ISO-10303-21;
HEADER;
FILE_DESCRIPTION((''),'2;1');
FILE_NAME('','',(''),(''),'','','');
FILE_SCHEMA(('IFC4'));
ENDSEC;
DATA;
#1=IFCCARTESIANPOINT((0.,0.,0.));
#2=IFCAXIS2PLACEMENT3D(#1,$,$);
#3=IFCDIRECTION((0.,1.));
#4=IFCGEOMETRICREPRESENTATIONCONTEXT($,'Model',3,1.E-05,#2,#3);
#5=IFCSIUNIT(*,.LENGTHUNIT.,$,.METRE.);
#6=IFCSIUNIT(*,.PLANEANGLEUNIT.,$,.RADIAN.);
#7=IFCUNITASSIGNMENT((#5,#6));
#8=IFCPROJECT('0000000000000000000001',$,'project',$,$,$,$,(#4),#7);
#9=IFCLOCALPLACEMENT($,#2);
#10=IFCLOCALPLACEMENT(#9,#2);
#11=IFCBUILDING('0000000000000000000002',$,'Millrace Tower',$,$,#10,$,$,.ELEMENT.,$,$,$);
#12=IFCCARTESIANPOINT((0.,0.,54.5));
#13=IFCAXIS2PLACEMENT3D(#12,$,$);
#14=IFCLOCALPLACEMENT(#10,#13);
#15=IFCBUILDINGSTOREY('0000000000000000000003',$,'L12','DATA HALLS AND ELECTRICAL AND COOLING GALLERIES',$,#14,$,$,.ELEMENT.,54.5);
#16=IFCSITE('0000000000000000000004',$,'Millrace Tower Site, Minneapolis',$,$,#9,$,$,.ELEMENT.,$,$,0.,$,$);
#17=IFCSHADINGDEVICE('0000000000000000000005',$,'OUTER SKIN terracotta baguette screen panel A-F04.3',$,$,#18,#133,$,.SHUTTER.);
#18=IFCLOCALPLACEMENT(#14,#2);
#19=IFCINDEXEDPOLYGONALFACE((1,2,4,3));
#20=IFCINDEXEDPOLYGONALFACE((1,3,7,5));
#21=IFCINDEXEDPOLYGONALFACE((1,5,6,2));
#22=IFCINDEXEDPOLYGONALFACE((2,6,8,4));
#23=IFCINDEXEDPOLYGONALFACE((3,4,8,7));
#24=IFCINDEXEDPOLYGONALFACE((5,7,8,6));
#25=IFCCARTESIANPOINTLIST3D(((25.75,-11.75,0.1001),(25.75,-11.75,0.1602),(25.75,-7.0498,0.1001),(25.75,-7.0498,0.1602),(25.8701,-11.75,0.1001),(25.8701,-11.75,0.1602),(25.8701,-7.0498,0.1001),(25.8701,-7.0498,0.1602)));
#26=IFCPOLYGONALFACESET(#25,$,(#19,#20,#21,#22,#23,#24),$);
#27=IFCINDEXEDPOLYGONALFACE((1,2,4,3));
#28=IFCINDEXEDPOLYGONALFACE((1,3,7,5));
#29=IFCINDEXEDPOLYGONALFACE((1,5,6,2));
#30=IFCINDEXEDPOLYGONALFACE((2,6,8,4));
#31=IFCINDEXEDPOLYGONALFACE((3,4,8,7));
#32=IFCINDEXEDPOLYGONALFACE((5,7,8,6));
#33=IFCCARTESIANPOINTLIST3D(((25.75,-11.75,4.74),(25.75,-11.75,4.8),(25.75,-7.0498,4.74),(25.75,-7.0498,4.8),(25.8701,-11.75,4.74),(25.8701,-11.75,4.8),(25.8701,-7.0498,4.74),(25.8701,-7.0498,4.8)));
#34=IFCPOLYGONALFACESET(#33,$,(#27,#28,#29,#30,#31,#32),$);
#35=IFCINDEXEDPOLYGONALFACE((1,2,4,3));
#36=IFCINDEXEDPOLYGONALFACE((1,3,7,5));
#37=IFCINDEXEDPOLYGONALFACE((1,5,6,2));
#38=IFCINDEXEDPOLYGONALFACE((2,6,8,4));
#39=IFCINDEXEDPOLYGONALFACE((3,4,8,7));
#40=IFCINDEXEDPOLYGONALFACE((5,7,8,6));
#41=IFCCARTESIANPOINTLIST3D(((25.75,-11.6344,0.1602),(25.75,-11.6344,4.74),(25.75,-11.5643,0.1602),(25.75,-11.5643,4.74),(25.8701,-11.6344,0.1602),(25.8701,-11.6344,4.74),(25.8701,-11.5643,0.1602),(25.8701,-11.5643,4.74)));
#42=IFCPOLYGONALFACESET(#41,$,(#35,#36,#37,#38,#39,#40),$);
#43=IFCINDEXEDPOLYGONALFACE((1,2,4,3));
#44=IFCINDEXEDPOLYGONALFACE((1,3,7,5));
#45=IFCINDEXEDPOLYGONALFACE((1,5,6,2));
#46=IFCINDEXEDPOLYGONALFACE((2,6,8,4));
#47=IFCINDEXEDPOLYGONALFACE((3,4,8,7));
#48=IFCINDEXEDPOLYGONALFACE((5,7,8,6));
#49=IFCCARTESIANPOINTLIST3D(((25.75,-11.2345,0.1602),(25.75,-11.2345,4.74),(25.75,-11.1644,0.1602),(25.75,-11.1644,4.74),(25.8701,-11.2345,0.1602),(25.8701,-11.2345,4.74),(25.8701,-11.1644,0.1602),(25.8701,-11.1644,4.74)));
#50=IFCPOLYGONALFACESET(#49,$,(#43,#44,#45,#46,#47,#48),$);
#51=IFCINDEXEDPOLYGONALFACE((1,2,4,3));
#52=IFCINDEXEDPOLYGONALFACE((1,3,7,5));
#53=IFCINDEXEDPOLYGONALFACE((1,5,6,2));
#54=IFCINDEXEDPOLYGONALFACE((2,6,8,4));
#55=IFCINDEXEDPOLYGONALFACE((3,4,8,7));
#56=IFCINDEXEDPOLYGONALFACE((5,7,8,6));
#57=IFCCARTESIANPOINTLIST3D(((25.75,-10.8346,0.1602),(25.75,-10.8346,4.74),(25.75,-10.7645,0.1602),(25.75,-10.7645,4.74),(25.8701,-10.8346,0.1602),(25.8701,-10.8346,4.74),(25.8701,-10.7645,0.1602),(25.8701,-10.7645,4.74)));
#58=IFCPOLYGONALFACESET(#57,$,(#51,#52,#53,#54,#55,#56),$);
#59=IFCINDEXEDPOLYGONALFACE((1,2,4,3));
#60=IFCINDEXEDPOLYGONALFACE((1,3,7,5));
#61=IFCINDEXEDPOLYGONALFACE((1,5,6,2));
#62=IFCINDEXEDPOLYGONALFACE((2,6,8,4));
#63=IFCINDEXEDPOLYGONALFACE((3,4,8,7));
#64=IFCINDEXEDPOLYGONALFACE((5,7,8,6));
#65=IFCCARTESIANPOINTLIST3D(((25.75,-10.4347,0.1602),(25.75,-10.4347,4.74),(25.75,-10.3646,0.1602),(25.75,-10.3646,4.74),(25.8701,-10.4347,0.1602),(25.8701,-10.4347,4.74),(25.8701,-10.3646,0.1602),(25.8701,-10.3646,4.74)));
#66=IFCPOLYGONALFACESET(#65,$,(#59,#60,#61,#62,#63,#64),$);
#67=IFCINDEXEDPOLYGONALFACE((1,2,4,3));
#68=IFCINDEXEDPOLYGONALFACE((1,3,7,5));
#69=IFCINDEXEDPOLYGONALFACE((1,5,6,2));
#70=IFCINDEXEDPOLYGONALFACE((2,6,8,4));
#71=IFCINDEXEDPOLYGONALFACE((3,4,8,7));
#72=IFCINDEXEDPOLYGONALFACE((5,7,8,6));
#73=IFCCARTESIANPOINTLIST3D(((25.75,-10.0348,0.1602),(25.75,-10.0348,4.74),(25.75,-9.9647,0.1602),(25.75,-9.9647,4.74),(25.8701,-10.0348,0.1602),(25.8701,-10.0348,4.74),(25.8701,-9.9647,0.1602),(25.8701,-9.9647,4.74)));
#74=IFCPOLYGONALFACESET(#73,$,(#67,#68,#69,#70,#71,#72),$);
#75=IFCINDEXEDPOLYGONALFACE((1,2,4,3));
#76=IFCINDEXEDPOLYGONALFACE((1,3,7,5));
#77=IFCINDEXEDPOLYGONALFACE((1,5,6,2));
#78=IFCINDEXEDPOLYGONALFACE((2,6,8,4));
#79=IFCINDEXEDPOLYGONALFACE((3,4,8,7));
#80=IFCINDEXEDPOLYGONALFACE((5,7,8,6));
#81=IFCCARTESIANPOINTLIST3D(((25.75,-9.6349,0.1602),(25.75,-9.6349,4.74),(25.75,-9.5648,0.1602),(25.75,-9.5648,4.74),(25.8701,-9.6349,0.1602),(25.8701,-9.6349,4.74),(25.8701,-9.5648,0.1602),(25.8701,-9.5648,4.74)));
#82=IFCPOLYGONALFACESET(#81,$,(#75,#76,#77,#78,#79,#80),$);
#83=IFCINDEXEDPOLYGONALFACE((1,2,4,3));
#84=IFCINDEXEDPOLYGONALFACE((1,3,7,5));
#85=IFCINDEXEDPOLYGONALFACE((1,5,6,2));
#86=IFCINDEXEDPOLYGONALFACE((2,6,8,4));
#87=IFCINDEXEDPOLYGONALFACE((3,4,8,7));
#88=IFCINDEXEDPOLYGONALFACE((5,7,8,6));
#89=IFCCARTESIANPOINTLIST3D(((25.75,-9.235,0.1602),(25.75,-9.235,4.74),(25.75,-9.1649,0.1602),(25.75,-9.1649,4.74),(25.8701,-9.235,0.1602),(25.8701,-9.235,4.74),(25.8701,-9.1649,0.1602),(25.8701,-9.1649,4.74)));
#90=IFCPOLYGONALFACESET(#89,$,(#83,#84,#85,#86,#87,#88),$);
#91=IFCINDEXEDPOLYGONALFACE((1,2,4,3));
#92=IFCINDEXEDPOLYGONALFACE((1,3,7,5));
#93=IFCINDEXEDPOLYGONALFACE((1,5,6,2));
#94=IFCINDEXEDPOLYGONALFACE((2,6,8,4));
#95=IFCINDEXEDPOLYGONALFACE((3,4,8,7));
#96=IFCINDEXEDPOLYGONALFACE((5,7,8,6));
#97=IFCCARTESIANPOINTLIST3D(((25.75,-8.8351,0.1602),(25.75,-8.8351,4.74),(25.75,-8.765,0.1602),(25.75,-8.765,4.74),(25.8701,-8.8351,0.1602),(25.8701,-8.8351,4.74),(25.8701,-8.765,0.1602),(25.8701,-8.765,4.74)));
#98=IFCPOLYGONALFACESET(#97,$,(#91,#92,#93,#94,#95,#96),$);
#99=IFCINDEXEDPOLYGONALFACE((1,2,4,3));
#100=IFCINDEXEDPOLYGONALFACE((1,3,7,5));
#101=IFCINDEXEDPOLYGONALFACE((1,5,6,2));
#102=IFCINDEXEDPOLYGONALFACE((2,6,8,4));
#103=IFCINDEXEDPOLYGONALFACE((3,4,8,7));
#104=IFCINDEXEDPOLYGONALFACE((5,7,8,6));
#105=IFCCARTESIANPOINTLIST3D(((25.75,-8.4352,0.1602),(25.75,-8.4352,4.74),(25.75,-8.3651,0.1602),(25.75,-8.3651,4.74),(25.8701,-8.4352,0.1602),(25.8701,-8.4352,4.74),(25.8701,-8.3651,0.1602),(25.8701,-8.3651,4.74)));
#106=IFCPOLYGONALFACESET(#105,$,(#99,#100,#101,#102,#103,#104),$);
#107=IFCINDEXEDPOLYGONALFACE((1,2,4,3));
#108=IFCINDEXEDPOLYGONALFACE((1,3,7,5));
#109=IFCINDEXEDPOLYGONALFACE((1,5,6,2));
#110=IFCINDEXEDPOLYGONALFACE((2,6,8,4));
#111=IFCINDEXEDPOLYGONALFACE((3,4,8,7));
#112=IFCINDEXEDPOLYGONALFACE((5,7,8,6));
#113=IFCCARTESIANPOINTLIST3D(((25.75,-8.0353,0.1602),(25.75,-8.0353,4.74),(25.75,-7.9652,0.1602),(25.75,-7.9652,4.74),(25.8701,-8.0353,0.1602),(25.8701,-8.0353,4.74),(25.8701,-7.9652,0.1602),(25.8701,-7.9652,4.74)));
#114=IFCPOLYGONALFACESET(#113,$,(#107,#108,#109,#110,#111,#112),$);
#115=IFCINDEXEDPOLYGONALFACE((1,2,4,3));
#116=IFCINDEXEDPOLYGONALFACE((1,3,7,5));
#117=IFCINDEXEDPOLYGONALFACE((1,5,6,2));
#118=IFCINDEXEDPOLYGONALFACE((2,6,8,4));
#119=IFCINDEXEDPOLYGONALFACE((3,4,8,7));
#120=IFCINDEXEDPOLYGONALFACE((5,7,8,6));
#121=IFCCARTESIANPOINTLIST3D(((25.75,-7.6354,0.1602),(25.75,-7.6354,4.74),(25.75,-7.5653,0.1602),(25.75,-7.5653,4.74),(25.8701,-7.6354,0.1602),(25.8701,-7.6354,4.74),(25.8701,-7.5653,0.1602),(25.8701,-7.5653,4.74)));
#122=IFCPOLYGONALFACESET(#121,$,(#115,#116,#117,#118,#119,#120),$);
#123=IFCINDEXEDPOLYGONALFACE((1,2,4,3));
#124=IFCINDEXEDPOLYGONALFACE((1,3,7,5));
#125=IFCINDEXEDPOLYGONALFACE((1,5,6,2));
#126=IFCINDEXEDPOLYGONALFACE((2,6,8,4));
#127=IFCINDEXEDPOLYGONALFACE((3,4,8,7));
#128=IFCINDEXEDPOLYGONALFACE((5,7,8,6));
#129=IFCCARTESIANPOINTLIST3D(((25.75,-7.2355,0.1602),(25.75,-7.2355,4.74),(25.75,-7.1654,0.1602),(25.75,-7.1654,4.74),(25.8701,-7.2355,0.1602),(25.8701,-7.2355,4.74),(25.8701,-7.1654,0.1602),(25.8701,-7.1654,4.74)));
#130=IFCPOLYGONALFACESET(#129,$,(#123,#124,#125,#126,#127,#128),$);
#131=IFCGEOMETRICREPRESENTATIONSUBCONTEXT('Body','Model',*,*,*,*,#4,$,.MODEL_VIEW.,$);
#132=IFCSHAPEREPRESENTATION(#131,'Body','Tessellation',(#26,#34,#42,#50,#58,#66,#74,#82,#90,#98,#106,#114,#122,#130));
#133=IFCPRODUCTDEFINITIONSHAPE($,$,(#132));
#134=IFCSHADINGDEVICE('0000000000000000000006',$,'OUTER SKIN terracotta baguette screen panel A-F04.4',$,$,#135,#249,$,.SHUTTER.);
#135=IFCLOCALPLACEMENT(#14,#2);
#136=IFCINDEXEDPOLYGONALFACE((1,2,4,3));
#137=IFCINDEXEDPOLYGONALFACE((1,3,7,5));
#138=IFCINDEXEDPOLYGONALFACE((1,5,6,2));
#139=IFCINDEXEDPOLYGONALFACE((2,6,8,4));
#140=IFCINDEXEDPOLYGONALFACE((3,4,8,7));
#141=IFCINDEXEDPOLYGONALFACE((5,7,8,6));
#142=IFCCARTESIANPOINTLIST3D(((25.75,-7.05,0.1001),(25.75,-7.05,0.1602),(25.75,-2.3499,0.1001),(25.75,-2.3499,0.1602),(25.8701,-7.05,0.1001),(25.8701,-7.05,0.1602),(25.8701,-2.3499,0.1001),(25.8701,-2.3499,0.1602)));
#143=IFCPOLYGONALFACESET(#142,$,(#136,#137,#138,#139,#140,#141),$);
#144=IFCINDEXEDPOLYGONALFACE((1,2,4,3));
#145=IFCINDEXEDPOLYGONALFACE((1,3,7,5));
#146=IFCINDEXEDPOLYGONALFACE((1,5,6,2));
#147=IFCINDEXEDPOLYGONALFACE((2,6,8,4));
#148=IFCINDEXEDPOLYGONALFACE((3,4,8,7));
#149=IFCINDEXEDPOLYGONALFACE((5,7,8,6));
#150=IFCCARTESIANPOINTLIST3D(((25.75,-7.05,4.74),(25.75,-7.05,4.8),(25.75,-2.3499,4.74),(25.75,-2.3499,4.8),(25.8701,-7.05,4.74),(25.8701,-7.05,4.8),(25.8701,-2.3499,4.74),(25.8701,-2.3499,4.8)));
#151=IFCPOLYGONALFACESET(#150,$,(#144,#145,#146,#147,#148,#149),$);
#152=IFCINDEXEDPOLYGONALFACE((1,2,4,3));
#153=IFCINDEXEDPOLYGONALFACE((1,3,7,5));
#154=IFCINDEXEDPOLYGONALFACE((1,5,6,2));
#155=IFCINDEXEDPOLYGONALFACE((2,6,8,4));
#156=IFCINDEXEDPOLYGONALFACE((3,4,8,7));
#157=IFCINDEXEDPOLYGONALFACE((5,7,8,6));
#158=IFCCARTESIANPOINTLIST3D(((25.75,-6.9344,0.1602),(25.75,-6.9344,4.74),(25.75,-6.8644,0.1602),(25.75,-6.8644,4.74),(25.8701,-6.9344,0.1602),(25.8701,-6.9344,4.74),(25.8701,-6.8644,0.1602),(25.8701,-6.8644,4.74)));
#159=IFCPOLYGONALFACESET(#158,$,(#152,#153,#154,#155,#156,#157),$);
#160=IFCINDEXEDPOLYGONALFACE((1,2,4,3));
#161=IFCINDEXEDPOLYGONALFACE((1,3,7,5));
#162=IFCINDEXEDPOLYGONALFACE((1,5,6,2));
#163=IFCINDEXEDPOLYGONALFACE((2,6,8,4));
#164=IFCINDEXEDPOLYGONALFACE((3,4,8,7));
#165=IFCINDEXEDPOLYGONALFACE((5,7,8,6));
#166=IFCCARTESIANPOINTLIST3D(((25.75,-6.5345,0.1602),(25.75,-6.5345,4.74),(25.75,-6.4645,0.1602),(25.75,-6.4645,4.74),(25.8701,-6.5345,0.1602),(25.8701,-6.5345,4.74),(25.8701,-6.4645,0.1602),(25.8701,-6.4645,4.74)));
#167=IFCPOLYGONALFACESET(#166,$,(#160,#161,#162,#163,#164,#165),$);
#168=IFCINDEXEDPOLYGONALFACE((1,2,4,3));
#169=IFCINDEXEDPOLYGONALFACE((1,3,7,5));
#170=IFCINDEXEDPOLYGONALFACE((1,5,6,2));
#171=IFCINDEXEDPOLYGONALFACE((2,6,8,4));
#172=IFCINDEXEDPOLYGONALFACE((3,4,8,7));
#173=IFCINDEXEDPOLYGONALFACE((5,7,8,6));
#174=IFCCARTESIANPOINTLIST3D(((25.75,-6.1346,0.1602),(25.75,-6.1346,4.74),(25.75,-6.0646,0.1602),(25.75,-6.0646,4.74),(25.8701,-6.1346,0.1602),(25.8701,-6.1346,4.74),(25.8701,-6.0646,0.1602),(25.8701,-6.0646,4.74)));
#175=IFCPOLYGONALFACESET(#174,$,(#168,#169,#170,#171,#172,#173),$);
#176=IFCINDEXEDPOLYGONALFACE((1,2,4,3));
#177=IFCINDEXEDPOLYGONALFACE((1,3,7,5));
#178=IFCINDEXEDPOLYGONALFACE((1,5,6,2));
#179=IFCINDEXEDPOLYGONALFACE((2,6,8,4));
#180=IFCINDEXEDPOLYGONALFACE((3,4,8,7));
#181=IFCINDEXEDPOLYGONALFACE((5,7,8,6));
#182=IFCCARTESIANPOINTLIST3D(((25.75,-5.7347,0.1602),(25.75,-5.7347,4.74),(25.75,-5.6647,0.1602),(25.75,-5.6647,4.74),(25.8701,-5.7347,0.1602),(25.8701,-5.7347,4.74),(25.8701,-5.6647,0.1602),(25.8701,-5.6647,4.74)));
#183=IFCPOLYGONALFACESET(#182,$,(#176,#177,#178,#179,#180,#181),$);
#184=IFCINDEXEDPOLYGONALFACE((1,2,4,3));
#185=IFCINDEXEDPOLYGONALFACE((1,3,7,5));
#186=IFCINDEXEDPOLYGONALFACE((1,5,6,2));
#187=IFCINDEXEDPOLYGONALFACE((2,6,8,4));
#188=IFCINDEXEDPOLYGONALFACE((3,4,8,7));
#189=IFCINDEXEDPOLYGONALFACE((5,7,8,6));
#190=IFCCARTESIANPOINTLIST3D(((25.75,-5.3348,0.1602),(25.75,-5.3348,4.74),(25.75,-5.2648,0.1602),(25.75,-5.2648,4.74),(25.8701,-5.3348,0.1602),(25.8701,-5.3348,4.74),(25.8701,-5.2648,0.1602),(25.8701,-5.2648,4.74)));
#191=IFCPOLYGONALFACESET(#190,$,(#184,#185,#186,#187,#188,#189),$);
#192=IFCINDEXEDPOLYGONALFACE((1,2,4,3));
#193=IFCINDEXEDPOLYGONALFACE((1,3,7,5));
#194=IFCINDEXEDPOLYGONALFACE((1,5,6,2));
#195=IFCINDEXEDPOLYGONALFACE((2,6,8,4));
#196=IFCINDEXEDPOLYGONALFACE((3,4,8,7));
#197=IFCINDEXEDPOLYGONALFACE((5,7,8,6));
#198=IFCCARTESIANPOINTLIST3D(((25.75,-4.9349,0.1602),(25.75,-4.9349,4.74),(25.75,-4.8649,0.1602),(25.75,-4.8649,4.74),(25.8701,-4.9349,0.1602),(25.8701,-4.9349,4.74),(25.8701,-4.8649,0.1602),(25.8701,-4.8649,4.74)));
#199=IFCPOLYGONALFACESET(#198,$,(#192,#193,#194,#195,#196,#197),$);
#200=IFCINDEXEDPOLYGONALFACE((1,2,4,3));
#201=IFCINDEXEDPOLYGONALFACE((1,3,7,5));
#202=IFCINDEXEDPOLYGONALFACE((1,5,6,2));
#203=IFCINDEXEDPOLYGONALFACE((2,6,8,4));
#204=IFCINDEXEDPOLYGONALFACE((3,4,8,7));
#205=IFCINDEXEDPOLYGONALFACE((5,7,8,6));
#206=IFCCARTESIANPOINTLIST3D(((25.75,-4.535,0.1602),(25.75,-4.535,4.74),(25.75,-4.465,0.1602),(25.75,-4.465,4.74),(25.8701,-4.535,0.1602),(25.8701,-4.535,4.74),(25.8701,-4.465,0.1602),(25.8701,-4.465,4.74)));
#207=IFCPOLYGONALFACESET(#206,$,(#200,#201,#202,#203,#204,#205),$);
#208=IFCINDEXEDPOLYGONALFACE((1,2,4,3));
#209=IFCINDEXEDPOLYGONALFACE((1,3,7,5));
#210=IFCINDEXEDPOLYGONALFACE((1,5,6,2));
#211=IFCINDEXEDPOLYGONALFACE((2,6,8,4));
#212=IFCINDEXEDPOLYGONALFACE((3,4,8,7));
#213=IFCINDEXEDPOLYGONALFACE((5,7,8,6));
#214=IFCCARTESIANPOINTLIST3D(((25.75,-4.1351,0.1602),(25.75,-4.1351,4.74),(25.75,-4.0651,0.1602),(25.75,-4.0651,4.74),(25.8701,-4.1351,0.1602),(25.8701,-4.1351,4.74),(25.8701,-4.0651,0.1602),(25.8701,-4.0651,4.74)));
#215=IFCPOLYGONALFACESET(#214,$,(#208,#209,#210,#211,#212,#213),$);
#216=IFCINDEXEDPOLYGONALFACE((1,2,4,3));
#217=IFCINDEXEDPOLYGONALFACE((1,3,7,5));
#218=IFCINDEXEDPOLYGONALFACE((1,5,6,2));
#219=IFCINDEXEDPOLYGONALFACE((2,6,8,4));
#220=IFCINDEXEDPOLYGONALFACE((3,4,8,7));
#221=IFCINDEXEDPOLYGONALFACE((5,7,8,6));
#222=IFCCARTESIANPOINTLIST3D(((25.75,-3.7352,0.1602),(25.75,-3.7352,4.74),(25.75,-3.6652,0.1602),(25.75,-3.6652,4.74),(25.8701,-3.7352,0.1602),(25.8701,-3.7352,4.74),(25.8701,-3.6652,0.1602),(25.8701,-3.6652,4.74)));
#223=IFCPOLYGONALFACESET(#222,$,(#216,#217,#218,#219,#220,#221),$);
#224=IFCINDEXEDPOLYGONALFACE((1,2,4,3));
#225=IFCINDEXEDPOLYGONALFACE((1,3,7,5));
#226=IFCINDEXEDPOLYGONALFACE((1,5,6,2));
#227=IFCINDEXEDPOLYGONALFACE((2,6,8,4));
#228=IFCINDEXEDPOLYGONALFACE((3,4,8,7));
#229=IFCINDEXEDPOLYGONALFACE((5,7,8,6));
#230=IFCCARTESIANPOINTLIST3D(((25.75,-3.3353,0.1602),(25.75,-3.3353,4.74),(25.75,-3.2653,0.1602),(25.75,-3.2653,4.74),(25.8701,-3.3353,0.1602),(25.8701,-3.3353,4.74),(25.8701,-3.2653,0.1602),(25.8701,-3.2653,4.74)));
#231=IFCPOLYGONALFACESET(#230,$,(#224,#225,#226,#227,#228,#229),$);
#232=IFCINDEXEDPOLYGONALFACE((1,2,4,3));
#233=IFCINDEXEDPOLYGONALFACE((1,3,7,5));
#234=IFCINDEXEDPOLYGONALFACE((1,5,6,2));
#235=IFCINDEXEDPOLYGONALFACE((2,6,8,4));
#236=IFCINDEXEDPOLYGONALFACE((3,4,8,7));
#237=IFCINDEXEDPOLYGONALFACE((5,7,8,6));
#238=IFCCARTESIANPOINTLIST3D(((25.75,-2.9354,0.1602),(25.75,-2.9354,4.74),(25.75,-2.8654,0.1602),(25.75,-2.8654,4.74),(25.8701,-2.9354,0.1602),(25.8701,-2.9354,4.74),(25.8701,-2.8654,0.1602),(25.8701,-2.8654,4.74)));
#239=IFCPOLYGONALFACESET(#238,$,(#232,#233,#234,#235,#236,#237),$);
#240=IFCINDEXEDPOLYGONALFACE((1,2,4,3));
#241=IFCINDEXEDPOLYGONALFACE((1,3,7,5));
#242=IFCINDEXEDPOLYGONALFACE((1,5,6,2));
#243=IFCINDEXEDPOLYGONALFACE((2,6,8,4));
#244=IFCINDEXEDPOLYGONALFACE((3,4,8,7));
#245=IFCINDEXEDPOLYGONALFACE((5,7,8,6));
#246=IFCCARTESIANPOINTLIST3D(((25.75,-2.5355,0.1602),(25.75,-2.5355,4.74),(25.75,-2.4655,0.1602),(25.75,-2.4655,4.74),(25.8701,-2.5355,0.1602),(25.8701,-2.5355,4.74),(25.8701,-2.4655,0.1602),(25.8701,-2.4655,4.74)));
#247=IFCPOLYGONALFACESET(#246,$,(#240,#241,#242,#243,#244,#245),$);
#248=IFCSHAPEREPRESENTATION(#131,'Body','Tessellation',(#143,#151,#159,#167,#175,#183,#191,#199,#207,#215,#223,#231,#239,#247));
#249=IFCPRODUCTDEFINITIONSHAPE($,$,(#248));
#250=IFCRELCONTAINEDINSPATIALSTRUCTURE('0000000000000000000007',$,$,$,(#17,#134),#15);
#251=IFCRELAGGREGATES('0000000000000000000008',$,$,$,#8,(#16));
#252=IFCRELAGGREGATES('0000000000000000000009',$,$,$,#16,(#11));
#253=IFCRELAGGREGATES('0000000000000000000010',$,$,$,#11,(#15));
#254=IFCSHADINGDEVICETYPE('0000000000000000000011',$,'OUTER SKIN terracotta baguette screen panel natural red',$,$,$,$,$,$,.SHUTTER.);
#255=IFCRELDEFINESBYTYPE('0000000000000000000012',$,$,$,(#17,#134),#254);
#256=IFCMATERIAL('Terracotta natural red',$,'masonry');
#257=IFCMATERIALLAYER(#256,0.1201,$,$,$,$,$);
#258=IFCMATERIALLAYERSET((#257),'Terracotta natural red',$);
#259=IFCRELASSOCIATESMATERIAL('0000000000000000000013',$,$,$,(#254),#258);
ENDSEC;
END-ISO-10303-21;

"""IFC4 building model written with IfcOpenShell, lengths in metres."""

from ifc_helpers import new_model, entity, si_unit, direction, frame, frame_2d, origin, place, context, subcontext, project, spatial, rectangle, extrude, source, transform, mapped, material, layer, layer_set, type_object, element, save


model = new_model("IFC4")

# Units and contexts
model_context = context("Model", 3, precision=1e-05, world=origin(), true_north=direction((0.0, 1.0)))
body_context = subcontext(model_context, "Body", "Model", "MODEL_VIEW")
ifc_project = project(units=[si_unit("LENGTHUNIT", "METRE"), si_unit("PLANEANGLEUNIT", "RADIAN")], contexts=[model_context])

# Site, building, storey
site_placement = place(None, origin())
site = spatial("IfcSite", under=ifc_project, at=site_placement, Name="Millrace Tower Site, Minneapolis", CompositionType="ELEMENT", RefElevation=0.0)
building_placement = place(site_placement, origin())
building = spatial("IfcBuilding", under=site, at=building_placement, Name="Millrace Tower", CompositionType="ELEMENT")
storey_placement = place(building_placement, frame((0.0, 0.0, 54.5)))
storey = spatial("IfcBuildingStorey", under=building, at=storey_placement, Name="L12", Description="DATA HALLS AND ELECTRICAL AND COOLING GALLERIES", CompositionType="ELEMENT", Elevation=54.5)

# Shading devices
cartesian_point = entity("IfcCartesianPoint", [-2.3501, 0.0601])
shared_polyline = entity("IfcPolyline", [cartesian_point, entity("IfcCartesianPoint", [2.3501, 0.0601]), entity("IfcCartesianPoint", [2.3501, -0.0601]), entity("IfcCartesianPoint", [-2.3501, -0.0601]), cartesian_point])
ifc_material_1 = material(Name="Terracotta natural red", Category="masonry")
ifc_layer_1 = layer(ifc_material_1, 0.1201)
ifc_layer_set_1 = layer_set([ifc_layer_1], Name="Terracotta natural red")
shading_device_type_1 = type_object("IfcShadingDeviceType", Name="OUTER SKIN terracotta baguette screen panel natural red", PredefinedType="SHUTTER", material=ifc_layer_set_1)
shared_shape_1 = source(origin(), body_context, "Body", "SweptSolid", [
    entity("IfcExtrudedAreaSolid", entity("IfcArbitraryClosedProfileDef", "AREA", None, shared_polyline), entity("IfcAxis2Placement3D", entity("IfcCartesianPoint", [0.0, 0.0, 0.0])), entity("IfcDirection", [0.0, 0.0, 1.0]), 0.0601),
    entity("IfcExtrudedAreaSolid", entity("IfcArbitraryClosedProfileDef", "AREA", None, shared_polyline), entity("IfcAxis2Placement3D", entity("IfcCartesianPoint", [0.0, 0.0, 4.6399])), entity("IfcDirection", [0.0, 0.0, 1.0]), 0.0601),
    extrude(rectangle(XDim=0.0701, YDim=0.1201, at=frame_2d((-2.1995, 0.0))), frame((0.0, 0.0, 0.0601)), (0.0, 0.0, 1.0), 4.5798),
    extrude(rectangle(XDim=0.0701, YDim=0.1201, at=frame_2d((-1.7996, 0.0))), frame((0.0, 0.0, 0.0601)), (0.0, 0.0, 1.0), 4.5798),
    extrude(rectangle(XDim=0.0701, YDim=0.1201, at=frame_2d((-1.3997, 0.0))), frame((0.0, 0.0, 0.0601)), (0.0, 0.0, 1.0), 4.5798),
    extrude(rectangle(XDim=0.0701, YDim=0.1201, at=frame_2d((-0.9998, 0.0))), frame((0.0, 0.0, 0.0601)), (0.0, 0.0, 1.0), 4.5798),
    extrude(rectangle(XDim=0.0701, YDim=0.1201, at=frame_2d((-0.5999, 0.0))), frame((0.0, 0.0, 0.0601)), (0.0, 0.0, 1.0), 4.5798),
    extrude(rectangle(XDim=0.0701, YDim=0.1201, at=frame_2d((-0.2, 0.0))), frame((0.0, 0.0, 0.0601)), (0.0, 0.0, 1.0), 4.5798),
    extrude(rectangle(XDim=0.0701, YDim=0.1201, at=frame_2d((0.2, 0.0))), frame((0.0, 0.0, 0.0601)), (0.0, 0.0, 1.0), 4.5798),
    extrude(rectangle(XDim=0.0701, YDim=0.1201, at=frame_2d((0.5999, 0.0))), frame((0.0, 0.0, 0.0601)), (0.0, 0.0, 1.0), 4.5798),
    extrude(rectangle(XDim=0.0701, YDim=0.1201, at=frame_2d((0.9998, 0.0))), frame((0.0, 0.0, 0.0601)), (0.0, 0.0, 1.0), 4.5798),
    extrude(rectangle(XDim=0.0701, YDim=0.1201, at=frame_2d((1.3997, 0.0))), frame((0.0, 0.0, 0.0601)), (0.0, 0.0, 1.0), 4.5798),
    extrude(rectangle(XDim=0.0701, YDim=0.1201, at=frame_2d((1.7996, 0.0))), frame((0.0, 0.0, 0.0601)), (0.0, 0.0, 1.0), 4.5798),
    extrude(rectangle(XDim=0.0701, YDim=0.1201, at=frame_2d((2.1995, 0.0))), frame((0.0, 0.0, 0.0601)), (0.0, 0.0, 1.0), 4.5798),
])
for number, where, z_axis, x_axis, name in (
    (1, (25.8101, -9.3999, 0.1001), (0.0, 0.0, 1.0), (0.0, 1.0, 0.0), "OUTER SKIN terracotta baguette screen panel A-F04.3"),
    (2, (25.8101, -4.7, 0.1001), (0.0, 0.0, 1.0), (0.0, 1.0, 0.0), "OUTER SKIN terracotta baguette screen panel A-F04.4"),
):
    element("IfcShadingDevice", number, at=place(storey_placement, frame(where, z_axis=z_axis, x_axis=x_axis)), inside=storey, type_object=shading_device_type_1, Name=name, PredefinedType="SHUTTER", context=body_context, shape_type="MappedRepresentation", body=[
        mapped(shared_shape_1, transform((0.0, 0.0, 0.0), scale=1.0)),
    ])

save(model, "model.ifc")
